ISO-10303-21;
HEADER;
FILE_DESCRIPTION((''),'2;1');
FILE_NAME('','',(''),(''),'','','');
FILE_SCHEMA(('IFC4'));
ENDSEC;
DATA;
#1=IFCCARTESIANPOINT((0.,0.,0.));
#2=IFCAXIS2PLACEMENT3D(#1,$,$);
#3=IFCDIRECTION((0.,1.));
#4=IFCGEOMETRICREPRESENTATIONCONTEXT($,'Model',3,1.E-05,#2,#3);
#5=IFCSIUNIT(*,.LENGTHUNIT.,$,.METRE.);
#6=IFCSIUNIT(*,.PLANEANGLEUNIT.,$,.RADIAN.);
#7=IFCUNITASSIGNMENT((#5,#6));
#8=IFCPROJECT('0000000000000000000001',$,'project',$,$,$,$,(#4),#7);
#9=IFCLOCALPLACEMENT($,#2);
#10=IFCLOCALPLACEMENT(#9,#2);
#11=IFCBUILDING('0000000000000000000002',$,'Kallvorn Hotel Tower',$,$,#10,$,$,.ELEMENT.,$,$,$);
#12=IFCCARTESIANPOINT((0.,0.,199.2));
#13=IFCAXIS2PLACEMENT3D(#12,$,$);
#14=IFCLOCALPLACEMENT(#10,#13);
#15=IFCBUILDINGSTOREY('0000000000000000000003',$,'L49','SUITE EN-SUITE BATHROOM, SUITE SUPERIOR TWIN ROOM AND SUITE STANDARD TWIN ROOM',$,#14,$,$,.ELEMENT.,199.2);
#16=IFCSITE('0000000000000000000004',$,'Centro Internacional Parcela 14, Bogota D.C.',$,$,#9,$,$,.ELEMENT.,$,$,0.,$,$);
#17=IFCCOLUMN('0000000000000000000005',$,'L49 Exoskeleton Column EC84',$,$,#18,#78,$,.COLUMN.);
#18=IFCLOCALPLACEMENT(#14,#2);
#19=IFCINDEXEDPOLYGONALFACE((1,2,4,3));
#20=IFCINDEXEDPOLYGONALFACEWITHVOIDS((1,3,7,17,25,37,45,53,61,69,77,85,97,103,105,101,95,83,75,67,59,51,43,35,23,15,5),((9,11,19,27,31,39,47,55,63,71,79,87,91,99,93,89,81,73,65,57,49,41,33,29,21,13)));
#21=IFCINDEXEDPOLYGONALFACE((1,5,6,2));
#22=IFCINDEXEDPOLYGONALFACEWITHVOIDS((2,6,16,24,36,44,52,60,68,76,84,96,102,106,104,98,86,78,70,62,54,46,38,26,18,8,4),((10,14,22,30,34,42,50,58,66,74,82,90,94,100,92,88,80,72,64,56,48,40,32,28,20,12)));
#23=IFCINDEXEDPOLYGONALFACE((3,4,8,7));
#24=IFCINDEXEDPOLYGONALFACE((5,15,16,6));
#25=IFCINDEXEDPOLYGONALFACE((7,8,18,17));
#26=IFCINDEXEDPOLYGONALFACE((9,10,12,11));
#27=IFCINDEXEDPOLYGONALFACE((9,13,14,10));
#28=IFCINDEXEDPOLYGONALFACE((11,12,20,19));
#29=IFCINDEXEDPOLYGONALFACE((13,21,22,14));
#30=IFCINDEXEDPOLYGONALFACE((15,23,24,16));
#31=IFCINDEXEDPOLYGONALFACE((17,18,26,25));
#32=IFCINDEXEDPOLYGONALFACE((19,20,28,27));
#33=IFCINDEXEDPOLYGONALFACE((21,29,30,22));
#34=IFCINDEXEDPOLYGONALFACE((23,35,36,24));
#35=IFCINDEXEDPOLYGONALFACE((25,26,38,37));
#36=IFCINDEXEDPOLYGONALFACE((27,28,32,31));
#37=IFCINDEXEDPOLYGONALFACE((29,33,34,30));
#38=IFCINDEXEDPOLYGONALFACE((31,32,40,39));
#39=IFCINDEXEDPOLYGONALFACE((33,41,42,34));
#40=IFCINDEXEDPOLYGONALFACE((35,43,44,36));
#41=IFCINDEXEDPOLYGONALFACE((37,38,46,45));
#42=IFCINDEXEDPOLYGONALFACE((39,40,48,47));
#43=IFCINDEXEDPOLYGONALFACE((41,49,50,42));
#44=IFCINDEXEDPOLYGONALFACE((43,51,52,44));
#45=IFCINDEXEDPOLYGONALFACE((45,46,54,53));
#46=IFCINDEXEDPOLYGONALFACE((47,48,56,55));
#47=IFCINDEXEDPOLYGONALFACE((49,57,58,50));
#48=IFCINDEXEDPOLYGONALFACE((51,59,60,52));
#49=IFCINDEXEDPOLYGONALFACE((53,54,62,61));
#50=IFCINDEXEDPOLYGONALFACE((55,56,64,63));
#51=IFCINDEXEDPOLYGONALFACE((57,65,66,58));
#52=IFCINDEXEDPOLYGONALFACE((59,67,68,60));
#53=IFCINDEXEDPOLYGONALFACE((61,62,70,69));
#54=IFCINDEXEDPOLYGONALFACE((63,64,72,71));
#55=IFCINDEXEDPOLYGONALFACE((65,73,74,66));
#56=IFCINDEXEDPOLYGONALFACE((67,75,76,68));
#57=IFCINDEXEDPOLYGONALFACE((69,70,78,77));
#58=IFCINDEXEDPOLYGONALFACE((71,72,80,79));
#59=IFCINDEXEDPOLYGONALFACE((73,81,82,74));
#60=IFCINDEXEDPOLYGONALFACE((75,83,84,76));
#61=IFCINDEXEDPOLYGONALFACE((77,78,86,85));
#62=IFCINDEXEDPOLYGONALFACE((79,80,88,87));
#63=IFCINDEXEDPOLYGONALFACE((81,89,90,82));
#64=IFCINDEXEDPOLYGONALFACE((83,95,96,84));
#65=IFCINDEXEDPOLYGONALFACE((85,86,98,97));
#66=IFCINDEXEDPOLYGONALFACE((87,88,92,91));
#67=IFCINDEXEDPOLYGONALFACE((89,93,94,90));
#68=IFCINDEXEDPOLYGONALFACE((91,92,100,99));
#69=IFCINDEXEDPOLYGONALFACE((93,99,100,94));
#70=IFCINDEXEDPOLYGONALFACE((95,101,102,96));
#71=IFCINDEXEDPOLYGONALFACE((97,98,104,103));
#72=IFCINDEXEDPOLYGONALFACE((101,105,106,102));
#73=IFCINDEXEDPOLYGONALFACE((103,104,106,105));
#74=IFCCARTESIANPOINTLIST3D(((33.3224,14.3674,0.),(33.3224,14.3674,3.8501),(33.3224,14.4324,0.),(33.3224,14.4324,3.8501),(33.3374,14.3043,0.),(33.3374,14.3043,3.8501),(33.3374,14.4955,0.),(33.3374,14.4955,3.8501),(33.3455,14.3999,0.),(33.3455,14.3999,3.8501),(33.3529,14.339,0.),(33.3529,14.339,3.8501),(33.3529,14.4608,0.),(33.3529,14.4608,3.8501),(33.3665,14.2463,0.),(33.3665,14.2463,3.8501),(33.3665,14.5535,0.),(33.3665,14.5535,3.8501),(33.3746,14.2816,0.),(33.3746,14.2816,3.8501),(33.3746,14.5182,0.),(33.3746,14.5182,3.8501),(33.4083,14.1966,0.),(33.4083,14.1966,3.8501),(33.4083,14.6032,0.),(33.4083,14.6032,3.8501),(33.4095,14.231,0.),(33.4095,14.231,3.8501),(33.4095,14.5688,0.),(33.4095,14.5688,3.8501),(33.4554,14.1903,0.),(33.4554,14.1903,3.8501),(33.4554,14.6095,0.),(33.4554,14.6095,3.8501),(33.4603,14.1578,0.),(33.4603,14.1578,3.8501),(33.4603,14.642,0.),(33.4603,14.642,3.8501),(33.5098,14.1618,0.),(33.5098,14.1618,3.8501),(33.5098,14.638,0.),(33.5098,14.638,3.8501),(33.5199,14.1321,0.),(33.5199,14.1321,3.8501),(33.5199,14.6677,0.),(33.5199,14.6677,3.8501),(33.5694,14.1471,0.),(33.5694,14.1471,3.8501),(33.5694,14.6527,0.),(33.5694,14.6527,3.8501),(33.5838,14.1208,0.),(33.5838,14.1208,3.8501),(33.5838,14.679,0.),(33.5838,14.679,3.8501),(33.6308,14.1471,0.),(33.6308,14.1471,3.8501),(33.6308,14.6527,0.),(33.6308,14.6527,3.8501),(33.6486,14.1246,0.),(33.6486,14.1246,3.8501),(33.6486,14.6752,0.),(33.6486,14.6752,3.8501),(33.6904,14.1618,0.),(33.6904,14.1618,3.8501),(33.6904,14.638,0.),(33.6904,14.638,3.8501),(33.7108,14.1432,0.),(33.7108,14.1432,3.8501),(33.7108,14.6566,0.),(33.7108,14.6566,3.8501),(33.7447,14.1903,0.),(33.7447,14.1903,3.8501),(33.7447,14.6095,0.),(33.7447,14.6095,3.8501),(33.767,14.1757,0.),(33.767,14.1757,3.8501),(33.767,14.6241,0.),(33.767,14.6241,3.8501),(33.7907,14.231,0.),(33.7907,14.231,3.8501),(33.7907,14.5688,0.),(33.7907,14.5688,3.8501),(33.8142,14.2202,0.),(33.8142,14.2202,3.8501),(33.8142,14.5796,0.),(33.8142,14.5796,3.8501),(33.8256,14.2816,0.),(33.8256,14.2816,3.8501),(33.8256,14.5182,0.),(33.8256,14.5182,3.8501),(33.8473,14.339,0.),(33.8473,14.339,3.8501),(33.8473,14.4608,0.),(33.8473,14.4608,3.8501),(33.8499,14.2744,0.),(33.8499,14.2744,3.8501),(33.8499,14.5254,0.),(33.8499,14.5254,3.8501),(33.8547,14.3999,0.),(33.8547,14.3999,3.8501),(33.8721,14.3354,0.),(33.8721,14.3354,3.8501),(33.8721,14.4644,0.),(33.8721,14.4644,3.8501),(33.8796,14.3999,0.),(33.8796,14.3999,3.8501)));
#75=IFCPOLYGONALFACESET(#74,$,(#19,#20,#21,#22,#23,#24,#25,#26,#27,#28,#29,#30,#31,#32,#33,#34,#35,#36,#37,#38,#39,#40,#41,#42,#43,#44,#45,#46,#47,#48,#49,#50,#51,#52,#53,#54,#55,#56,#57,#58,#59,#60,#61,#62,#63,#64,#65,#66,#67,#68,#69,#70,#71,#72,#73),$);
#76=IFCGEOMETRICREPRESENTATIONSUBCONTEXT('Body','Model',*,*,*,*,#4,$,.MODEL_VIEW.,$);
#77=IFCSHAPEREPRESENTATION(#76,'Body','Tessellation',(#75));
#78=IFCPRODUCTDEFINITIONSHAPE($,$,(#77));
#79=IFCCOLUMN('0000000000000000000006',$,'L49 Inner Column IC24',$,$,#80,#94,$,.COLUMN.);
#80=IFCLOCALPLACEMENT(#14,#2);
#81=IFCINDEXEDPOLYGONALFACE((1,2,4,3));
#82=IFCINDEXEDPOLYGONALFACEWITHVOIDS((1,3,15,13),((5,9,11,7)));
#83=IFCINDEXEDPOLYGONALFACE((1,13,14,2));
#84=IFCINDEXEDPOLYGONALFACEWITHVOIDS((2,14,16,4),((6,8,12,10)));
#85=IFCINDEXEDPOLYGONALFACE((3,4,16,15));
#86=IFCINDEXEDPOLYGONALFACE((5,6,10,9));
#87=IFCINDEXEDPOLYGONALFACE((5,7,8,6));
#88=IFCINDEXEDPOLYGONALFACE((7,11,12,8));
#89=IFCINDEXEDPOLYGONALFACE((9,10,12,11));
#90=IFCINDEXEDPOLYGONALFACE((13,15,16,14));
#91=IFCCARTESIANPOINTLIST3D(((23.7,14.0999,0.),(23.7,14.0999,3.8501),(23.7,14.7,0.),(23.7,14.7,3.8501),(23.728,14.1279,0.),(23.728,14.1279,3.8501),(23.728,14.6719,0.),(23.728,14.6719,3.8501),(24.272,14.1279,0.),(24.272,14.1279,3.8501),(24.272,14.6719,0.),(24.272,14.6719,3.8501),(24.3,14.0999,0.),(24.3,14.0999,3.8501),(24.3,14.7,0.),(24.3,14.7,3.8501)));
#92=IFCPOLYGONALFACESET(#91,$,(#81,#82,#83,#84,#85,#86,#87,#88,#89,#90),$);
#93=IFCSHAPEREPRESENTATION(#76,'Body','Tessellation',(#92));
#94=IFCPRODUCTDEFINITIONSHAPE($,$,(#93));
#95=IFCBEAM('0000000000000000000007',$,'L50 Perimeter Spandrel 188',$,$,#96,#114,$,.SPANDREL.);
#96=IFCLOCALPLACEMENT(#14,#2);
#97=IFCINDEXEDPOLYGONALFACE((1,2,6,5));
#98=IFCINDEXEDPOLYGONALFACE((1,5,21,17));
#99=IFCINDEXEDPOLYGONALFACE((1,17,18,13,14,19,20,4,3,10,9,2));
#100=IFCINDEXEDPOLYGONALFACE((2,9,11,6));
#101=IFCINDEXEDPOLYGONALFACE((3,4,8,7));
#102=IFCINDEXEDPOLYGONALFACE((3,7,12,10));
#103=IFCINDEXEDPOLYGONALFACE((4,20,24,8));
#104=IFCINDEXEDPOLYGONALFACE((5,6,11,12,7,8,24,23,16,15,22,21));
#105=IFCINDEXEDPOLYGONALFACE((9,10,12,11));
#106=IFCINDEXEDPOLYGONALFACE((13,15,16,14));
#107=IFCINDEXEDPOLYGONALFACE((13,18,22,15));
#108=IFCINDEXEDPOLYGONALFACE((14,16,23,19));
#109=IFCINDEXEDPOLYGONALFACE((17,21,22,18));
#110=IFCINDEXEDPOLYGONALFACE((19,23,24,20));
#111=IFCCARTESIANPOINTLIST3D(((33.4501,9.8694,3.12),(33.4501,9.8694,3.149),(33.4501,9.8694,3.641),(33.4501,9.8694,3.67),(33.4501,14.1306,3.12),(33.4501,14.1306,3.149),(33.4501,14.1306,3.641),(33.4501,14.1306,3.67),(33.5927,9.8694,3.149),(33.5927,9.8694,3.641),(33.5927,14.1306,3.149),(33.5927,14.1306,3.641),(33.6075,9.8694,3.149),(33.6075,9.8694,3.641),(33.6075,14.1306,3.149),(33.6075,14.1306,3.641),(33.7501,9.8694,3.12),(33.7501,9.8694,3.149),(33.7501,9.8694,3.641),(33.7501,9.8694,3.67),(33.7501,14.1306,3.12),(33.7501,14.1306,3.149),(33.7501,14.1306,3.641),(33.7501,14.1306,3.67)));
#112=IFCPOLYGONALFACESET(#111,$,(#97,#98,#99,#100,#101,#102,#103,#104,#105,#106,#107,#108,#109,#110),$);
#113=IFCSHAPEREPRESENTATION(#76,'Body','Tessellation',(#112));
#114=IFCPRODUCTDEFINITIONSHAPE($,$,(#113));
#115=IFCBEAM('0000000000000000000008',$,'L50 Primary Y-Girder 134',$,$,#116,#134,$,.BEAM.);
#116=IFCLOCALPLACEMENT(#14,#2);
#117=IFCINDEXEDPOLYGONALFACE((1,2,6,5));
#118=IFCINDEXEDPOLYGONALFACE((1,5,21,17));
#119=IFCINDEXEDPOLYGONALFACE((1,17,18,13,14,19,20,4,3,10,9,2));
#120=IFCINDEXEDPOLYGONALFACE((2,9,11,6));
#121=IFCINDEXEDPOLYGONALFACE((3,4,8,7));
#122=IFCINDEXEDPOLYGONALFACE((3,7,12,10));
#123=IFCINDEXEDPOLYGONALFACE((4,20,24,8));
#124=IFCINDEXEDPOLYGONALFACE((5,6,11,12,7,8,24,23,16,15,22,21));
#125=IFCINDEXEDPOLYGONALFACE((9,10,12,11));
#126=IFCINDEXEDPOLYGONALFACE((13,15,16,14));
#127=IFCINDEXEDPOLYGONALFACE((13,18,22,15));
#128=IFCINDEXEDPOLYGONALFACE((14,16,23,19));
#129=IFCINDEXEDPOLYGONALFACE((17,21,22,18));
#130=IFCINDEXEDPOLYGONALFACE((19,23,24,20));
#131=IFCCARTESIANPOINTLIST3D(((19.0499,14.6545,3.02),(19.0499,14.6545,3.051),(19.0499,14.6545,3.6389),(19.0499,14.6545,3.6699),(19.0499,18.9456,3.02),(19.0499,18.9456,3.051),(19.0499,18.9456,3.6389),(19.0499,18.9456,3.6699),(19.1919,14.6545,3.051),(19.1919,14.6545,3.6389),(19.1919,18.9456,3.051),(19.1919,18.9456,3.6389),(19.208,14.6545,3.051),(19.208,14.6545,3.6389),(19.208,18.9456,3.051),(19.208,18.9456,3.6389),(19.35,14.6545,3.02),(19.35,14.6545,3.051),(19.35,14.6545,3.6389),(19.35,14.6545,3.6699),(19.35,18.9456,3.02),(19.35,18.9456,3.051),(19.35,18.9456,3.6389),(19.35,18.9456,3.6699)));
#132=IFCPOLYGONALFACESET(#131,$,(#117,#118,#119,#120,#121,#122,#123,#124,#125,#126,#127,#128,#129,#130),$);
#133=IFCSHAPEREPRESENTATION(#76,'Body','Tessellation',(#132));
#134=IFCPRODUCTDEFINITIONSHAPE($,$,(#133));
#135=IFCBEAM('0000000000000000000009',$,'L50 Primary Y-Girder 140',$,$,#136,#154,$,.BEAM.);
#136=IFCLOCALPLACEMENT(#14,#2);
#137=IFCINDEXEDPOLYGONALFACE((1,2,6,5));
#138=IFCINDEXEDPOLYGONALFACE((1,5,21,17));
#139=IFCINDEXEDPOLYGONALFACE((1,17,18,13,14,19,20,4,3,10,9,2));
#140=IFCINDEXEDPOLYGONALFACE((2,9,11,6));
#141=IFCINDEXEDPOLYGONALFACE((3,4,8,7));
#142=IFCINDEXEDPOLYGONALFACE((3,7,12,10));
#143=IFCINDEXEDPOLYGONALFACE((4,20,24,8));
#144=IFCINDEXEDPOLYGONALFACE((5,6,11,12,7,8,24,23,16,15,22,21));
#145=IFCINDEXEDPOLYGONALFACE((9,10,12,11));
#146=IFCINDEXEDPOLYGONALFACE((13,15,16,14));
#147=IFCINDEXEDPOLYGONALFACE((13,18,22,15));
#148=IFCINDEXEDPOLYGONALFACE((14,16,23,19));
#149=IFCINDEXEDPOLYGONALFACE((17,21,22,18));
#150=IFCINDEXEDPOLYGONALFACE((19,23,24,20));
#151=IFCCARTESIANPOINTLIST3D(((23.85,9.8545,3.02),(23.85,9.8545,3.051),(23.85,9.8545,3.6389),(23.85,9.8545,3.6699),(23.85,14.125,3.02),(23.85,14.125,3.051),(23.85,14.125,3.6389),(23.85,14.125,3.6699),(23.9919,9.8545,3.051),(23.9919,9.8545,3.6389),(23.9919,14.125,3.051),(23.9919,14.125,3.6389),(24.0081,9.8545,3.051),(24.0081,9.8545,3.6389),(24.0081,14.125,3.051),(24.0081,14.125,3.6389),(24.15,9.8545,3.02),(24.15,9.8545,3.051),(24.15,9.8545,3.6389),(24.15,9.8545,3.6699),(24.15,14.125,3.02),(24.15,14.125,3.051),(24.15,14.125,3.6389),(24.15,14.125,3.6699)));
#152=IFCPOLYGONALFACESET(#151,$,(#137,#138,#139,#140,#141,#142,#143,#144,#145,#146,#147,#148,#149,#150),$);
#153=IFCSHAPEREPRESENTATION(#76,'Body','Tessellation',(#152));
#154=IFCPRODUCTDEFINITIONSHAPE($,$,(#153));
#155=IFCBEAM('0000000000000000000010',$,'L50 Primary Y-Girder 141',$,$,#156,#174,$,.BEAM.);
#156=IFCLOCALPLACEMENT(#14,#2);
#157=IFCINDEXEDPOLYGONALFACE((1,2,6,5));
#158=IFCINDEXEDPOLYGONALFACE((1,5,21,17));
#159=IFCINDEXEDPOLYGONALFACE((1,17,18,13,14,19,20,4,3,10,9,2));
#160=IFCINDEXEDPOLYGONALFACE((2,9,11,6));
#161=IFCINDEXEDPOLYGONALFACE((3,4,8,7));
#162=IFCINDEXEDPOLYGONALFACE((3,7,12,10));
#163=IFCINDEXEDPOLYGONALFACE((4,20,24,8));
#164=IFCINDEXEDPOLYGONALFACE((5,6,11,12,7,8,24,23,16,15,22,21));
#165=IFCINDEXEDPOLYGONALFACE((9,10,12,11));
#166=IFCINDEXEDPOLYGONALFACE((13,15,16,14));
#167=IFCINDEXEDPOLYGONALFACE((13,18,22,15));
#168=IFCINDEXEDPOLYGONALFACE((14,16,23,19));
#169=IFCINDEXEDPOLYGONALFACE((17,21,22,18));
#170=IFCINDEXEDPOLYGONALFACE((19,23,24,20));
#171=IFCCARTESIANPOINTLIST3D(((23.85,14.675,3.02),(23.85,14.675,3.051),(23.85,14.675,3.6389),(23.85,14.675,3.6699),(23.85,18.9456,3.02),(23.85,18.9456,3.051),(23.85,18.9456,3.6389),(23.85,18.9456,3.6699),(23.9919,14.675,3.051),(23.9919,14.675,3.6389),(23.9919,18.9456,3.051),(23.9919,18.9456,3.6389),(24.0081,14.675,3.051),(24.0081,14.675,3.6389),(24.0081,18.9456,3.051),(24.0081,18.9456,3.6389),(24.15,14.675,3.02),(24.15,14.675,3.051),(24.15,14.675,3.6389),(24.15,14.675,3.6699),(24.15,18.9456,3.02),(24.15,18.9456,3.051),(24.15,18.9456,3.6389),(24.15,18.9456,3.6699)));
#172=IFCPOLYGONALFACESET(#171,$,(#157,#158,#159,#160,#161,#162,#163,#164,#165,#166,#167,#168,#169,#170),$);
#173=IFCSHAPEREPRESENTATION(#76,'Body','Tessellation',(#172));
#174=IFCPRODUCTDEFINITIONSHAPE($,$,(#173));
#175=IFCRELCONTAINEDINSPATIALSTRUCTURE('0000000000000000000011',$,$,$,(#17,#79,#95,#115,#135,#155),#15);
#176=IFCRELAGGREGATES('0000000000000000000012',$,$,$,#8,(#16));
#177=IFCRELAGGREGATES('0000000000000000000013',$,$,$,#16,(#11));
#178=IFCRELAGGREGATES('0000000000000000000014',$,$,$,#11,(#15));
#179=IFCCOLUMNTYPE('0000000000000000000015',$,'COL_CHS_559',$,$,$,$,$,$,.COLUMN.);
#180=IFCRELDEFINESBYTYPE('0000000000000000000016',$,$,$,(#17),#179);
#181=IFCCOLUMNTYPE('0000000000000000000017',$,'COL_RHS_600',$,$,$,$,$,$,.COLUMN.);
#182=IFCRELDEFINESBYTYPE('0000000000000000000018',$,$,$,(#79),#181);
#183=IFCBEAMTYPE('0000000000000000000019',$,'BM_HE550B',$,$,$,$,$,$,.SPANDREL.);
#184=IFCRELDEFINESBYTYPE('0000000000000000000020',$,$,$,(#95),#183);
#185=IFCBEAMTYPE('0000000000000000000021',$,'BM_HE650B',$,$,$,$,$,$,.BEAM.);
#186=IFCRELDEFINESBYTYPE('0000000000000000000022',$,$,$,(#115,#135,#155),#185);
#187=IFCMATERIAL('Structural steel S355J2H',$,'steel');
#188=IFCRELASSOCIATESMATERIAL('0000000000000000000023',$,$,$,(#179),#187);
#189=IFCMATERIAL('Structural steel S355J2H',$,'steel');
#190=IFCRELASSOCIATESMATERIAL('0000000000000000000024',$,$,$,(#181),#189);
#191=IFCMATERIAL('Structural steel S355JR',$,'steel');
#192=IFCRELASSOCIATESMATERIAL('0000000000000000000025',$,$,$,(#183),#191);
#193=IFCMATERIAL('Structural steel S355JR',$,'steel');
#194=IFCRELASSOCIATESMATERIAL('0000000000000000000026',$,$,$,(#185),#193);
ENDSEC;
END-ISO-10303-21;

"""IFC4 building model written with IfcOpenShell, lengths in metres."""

from ifc_helpers import new_model, si_unit, direction, frame, origin, origin_2d, place, context, subcontext, project, spatial, hollow_rectangle, hollow_circle, i_section, extrude, material, material_profile, profile_set, type_object, element, save


model = new_model("IFC4")

# Units and contexts
model_context = context("Model", 3, precision=1e-05, world=origin(), true_north=direction((0.0, 1.0)))
body_context = subcontext(model_context, "Body", "Model", "MODEL_VIEW")
ifc_project = project(units=[si_unit("LENGTHUNIT", "METRE"), si_unit("PLANEANGLEUNIT", "RADIAN")], contexts=[model_context])

# Site, building, storey
site_placement = place(None, origin())
site = spatial("IfcSite", under=ifc_project, at=site_placement, Name="Centro Internacional Parcela 14, Bogota D.C.", CompositionType="ELEMENT", RefElevation=0.0)
building_placement = place(site_placement, origin())
building = spatial("IfcBuilding", under=site, at=building_placement, Name="Kallvorn Hotel Tower", CompositionType="ELEMENT")
storey_placement = place(building_placement, frame((0.0, 0.0, 199.2)))
storey = spatial("IfcBuildingStorey", under=building, at=storey_placement, Name="L49", Description="SUITE EN-SUITE BATHROOM, SUITE SUPERIOR TWIN ROOM AND SUITE STANDARD TWIN ROOM", CompositionType="ELEMENT", Elevation=199.2)

# Columns
ifc_material_1 = material(Name="Structural steel S355J2H", Category="steel")
ifc_material_profile_1 = material_profile(ifc_material_1, hollow_circle(Radius=0.2795, WallThickness=0.0249, at=origin_2d()), Name="CHS 559x25")
ifc_profile_set_1 = profile_set([ifc_material_profile_1], Name="Structural steel S355J2H")
column_type_1 = type_object("IfcColumnType", Name="COL_CHS_559", PredefinedType="COLUMN", material=ifc_profile_set_1)
for number, where, z_axis, x_axis, name in (
    (1, (33.6001, 14.3999, 0.0), (0.0, 0.0, 1.0), (1.0, 0.0, 0.0), "L49 Exoskeleton Column EC84"),
):
    element("IfcColumn", number, at=place(storey_placement, frame(where, z_axis=z_axis, x_axis=x_axis)), inside=storey, type_object=column_type_1, Name=name, PredefinedType="COLUMN", context=body_context, shape_type="SweptSolid", body=[
        extrude(hollow_circle(Radius=0.2795, WallThickness=0.0249, at=origin_2d()), origin(), (0.0, 0.0, 1.0), 3.8501),
    ])
ifc_material_2 = material(Name="Structural steel S355J2H", Category="steel")
ifc_material_profile_2 = material_profile(ifc_material_2, hollow_rectangle(XDim=0.6001, YDim=0.6001, WallThickness=0.0281, at=origin_2d()), Name="RHS 600x600x28")
ifc_profile_set_2 = profile_set([ifc_material_profile_2], Name="Structural steel S355J2H")
column_type_2 = type_object("IfcColumnType", Name="COL_RHS_600", PredefinedType="COLUMN", material=ifc_profile_set_2)
column_placement = place(storey_placement, frame((24.0, 14.3999, 0.0), z_axis=(0.0, 0.0, 1.0), x_axis=(1.0, 0.0, 0.0)))
element("IfcColumn", 2, at=column_placement, inside=storey, type_object=column_type_2, Name="L49 Inner Column IC24", PredefinedType="COLUMN", context=body_context, shape_type="SweptSolid", body=[
    extrude(hollow_rectangle(XDim=0.6001, YDim=0.6001, WallThickness=0.0281, at=origin_2d()), origin(), (0.0, 0.0, 1.0), 3.8501),
])

# Beams
ifc_material_3 = material(Name="Structural steel S355JR", Category="steel")
ifc_material_profile_3 = material_profile(ifc_material_3, i_section(OverallWidth=0.3, OverallDepth=0.55, WebThickness=0.0149, FlangeThickness=0.0291, at=origin_2d()), Name="HE 550 B")
ifc_profile_set_3 = profile_set([ifc_material_profile_3], Name="Structural steel S355JR")
beam_type_1 = type_object("IfcBeamType", Name="BM_HE550B", PredefinedType="SPANDREL", material=ifc_profile_set_3)
beam_1_placement = place(storey_placement, frame((33.6001, 9.8694, 3.395), z_axis=(0.0, 1.0, 0.0), x_axis=(-1.0, 0.0, 0.0)))
element("IfcBeam", 3, at=beam_1_placement, inside=storey, type_object=beam_type_1, Name="L50 Perimeter Spandrel 188", PredefinedType="SPANDREL", context=body_context, shape_type="SweptSolid", body=[
    extrude(i_section(OverallWidth=0.3, OverallDepth=0.55, WebThickness=0.0149, FlangeThickness=0.0291, at=origin_2d()), origin(), (0.0, 0.0, 1.0), 4.2612),
])
ifc_material_4 = material(Name="Structural steel S355JR", Category="steel")
ifc_material_profile_4 = material_profile(ifc_material_4, i_section(OverallWidth=0.3, OverallDepth=0.6499, WebThickness=0.0161, FlangeThickness=0.031, at=origin_2d()), Name="HE 650 B")
ifc_profile_set_4 = profile_set([ifc_material_profile_4], Name="Structural steel S355JR")
beam_type_2 = type_object("IfcBeamType", Name="BM_HE650B", PredefinedType="BEAM", material=ifc_profile_set_4)
beam_2_placement = place(storey_placement, frame((19.2, 14.6545, 3.345), z_axis=(0.0, 1.0, 0.0), x_axis=(-1.0, 0.0, 0.0)))
element("IfcBeam", 4, at=beam_2_placement, inside=storey, type_object=beam_type_2, Name="L50 Primary Y-Girder 134", PredefinedType="BEAM", context=body_context, shape_type="SweptSolid", body=[
    extrude(i_section(OverallWidth=0.3, OverallDepth=0.6499, WebThickness=0.0161, FlangeThickness=0.031, at=origin_2d()), origin(), (0.0, 0.0, 1.0), 4.291),
])
for number, where, z_axis, x_axis, name in (
    (5, (24.0, 9.8545, 3.345), (0.0, 1.0, 0.0), (-1.0, 0.0, 0.0), "L50 Primary Y-Girder 140"),
    (6, (24.0, 14.675, 3.345), (0.0, 1.0, 0.0), (-1.0, 0.0, 0.0), "L50 Primary Y-Girder 141"),
):
    element("IfcBeam", number, at=place(storey_placement, frame(where, z_axis=z_axis, x_axis=x_axis)), inside=storey, type_object=beam_type_2, Name=name, PredefinedType="BEAM", context=body_context, shape_type="SweptSolid", body=[
        extrude(i_section(OverallWidth=0.3, OverallDepth=0.6499, WebThickness=0.0161, FlangeThickness=0.031, at=origin_2d()), origin(), (0.0, 0.0, 1.0), 4.2705),
    ])

save(model, "model.ifc")
